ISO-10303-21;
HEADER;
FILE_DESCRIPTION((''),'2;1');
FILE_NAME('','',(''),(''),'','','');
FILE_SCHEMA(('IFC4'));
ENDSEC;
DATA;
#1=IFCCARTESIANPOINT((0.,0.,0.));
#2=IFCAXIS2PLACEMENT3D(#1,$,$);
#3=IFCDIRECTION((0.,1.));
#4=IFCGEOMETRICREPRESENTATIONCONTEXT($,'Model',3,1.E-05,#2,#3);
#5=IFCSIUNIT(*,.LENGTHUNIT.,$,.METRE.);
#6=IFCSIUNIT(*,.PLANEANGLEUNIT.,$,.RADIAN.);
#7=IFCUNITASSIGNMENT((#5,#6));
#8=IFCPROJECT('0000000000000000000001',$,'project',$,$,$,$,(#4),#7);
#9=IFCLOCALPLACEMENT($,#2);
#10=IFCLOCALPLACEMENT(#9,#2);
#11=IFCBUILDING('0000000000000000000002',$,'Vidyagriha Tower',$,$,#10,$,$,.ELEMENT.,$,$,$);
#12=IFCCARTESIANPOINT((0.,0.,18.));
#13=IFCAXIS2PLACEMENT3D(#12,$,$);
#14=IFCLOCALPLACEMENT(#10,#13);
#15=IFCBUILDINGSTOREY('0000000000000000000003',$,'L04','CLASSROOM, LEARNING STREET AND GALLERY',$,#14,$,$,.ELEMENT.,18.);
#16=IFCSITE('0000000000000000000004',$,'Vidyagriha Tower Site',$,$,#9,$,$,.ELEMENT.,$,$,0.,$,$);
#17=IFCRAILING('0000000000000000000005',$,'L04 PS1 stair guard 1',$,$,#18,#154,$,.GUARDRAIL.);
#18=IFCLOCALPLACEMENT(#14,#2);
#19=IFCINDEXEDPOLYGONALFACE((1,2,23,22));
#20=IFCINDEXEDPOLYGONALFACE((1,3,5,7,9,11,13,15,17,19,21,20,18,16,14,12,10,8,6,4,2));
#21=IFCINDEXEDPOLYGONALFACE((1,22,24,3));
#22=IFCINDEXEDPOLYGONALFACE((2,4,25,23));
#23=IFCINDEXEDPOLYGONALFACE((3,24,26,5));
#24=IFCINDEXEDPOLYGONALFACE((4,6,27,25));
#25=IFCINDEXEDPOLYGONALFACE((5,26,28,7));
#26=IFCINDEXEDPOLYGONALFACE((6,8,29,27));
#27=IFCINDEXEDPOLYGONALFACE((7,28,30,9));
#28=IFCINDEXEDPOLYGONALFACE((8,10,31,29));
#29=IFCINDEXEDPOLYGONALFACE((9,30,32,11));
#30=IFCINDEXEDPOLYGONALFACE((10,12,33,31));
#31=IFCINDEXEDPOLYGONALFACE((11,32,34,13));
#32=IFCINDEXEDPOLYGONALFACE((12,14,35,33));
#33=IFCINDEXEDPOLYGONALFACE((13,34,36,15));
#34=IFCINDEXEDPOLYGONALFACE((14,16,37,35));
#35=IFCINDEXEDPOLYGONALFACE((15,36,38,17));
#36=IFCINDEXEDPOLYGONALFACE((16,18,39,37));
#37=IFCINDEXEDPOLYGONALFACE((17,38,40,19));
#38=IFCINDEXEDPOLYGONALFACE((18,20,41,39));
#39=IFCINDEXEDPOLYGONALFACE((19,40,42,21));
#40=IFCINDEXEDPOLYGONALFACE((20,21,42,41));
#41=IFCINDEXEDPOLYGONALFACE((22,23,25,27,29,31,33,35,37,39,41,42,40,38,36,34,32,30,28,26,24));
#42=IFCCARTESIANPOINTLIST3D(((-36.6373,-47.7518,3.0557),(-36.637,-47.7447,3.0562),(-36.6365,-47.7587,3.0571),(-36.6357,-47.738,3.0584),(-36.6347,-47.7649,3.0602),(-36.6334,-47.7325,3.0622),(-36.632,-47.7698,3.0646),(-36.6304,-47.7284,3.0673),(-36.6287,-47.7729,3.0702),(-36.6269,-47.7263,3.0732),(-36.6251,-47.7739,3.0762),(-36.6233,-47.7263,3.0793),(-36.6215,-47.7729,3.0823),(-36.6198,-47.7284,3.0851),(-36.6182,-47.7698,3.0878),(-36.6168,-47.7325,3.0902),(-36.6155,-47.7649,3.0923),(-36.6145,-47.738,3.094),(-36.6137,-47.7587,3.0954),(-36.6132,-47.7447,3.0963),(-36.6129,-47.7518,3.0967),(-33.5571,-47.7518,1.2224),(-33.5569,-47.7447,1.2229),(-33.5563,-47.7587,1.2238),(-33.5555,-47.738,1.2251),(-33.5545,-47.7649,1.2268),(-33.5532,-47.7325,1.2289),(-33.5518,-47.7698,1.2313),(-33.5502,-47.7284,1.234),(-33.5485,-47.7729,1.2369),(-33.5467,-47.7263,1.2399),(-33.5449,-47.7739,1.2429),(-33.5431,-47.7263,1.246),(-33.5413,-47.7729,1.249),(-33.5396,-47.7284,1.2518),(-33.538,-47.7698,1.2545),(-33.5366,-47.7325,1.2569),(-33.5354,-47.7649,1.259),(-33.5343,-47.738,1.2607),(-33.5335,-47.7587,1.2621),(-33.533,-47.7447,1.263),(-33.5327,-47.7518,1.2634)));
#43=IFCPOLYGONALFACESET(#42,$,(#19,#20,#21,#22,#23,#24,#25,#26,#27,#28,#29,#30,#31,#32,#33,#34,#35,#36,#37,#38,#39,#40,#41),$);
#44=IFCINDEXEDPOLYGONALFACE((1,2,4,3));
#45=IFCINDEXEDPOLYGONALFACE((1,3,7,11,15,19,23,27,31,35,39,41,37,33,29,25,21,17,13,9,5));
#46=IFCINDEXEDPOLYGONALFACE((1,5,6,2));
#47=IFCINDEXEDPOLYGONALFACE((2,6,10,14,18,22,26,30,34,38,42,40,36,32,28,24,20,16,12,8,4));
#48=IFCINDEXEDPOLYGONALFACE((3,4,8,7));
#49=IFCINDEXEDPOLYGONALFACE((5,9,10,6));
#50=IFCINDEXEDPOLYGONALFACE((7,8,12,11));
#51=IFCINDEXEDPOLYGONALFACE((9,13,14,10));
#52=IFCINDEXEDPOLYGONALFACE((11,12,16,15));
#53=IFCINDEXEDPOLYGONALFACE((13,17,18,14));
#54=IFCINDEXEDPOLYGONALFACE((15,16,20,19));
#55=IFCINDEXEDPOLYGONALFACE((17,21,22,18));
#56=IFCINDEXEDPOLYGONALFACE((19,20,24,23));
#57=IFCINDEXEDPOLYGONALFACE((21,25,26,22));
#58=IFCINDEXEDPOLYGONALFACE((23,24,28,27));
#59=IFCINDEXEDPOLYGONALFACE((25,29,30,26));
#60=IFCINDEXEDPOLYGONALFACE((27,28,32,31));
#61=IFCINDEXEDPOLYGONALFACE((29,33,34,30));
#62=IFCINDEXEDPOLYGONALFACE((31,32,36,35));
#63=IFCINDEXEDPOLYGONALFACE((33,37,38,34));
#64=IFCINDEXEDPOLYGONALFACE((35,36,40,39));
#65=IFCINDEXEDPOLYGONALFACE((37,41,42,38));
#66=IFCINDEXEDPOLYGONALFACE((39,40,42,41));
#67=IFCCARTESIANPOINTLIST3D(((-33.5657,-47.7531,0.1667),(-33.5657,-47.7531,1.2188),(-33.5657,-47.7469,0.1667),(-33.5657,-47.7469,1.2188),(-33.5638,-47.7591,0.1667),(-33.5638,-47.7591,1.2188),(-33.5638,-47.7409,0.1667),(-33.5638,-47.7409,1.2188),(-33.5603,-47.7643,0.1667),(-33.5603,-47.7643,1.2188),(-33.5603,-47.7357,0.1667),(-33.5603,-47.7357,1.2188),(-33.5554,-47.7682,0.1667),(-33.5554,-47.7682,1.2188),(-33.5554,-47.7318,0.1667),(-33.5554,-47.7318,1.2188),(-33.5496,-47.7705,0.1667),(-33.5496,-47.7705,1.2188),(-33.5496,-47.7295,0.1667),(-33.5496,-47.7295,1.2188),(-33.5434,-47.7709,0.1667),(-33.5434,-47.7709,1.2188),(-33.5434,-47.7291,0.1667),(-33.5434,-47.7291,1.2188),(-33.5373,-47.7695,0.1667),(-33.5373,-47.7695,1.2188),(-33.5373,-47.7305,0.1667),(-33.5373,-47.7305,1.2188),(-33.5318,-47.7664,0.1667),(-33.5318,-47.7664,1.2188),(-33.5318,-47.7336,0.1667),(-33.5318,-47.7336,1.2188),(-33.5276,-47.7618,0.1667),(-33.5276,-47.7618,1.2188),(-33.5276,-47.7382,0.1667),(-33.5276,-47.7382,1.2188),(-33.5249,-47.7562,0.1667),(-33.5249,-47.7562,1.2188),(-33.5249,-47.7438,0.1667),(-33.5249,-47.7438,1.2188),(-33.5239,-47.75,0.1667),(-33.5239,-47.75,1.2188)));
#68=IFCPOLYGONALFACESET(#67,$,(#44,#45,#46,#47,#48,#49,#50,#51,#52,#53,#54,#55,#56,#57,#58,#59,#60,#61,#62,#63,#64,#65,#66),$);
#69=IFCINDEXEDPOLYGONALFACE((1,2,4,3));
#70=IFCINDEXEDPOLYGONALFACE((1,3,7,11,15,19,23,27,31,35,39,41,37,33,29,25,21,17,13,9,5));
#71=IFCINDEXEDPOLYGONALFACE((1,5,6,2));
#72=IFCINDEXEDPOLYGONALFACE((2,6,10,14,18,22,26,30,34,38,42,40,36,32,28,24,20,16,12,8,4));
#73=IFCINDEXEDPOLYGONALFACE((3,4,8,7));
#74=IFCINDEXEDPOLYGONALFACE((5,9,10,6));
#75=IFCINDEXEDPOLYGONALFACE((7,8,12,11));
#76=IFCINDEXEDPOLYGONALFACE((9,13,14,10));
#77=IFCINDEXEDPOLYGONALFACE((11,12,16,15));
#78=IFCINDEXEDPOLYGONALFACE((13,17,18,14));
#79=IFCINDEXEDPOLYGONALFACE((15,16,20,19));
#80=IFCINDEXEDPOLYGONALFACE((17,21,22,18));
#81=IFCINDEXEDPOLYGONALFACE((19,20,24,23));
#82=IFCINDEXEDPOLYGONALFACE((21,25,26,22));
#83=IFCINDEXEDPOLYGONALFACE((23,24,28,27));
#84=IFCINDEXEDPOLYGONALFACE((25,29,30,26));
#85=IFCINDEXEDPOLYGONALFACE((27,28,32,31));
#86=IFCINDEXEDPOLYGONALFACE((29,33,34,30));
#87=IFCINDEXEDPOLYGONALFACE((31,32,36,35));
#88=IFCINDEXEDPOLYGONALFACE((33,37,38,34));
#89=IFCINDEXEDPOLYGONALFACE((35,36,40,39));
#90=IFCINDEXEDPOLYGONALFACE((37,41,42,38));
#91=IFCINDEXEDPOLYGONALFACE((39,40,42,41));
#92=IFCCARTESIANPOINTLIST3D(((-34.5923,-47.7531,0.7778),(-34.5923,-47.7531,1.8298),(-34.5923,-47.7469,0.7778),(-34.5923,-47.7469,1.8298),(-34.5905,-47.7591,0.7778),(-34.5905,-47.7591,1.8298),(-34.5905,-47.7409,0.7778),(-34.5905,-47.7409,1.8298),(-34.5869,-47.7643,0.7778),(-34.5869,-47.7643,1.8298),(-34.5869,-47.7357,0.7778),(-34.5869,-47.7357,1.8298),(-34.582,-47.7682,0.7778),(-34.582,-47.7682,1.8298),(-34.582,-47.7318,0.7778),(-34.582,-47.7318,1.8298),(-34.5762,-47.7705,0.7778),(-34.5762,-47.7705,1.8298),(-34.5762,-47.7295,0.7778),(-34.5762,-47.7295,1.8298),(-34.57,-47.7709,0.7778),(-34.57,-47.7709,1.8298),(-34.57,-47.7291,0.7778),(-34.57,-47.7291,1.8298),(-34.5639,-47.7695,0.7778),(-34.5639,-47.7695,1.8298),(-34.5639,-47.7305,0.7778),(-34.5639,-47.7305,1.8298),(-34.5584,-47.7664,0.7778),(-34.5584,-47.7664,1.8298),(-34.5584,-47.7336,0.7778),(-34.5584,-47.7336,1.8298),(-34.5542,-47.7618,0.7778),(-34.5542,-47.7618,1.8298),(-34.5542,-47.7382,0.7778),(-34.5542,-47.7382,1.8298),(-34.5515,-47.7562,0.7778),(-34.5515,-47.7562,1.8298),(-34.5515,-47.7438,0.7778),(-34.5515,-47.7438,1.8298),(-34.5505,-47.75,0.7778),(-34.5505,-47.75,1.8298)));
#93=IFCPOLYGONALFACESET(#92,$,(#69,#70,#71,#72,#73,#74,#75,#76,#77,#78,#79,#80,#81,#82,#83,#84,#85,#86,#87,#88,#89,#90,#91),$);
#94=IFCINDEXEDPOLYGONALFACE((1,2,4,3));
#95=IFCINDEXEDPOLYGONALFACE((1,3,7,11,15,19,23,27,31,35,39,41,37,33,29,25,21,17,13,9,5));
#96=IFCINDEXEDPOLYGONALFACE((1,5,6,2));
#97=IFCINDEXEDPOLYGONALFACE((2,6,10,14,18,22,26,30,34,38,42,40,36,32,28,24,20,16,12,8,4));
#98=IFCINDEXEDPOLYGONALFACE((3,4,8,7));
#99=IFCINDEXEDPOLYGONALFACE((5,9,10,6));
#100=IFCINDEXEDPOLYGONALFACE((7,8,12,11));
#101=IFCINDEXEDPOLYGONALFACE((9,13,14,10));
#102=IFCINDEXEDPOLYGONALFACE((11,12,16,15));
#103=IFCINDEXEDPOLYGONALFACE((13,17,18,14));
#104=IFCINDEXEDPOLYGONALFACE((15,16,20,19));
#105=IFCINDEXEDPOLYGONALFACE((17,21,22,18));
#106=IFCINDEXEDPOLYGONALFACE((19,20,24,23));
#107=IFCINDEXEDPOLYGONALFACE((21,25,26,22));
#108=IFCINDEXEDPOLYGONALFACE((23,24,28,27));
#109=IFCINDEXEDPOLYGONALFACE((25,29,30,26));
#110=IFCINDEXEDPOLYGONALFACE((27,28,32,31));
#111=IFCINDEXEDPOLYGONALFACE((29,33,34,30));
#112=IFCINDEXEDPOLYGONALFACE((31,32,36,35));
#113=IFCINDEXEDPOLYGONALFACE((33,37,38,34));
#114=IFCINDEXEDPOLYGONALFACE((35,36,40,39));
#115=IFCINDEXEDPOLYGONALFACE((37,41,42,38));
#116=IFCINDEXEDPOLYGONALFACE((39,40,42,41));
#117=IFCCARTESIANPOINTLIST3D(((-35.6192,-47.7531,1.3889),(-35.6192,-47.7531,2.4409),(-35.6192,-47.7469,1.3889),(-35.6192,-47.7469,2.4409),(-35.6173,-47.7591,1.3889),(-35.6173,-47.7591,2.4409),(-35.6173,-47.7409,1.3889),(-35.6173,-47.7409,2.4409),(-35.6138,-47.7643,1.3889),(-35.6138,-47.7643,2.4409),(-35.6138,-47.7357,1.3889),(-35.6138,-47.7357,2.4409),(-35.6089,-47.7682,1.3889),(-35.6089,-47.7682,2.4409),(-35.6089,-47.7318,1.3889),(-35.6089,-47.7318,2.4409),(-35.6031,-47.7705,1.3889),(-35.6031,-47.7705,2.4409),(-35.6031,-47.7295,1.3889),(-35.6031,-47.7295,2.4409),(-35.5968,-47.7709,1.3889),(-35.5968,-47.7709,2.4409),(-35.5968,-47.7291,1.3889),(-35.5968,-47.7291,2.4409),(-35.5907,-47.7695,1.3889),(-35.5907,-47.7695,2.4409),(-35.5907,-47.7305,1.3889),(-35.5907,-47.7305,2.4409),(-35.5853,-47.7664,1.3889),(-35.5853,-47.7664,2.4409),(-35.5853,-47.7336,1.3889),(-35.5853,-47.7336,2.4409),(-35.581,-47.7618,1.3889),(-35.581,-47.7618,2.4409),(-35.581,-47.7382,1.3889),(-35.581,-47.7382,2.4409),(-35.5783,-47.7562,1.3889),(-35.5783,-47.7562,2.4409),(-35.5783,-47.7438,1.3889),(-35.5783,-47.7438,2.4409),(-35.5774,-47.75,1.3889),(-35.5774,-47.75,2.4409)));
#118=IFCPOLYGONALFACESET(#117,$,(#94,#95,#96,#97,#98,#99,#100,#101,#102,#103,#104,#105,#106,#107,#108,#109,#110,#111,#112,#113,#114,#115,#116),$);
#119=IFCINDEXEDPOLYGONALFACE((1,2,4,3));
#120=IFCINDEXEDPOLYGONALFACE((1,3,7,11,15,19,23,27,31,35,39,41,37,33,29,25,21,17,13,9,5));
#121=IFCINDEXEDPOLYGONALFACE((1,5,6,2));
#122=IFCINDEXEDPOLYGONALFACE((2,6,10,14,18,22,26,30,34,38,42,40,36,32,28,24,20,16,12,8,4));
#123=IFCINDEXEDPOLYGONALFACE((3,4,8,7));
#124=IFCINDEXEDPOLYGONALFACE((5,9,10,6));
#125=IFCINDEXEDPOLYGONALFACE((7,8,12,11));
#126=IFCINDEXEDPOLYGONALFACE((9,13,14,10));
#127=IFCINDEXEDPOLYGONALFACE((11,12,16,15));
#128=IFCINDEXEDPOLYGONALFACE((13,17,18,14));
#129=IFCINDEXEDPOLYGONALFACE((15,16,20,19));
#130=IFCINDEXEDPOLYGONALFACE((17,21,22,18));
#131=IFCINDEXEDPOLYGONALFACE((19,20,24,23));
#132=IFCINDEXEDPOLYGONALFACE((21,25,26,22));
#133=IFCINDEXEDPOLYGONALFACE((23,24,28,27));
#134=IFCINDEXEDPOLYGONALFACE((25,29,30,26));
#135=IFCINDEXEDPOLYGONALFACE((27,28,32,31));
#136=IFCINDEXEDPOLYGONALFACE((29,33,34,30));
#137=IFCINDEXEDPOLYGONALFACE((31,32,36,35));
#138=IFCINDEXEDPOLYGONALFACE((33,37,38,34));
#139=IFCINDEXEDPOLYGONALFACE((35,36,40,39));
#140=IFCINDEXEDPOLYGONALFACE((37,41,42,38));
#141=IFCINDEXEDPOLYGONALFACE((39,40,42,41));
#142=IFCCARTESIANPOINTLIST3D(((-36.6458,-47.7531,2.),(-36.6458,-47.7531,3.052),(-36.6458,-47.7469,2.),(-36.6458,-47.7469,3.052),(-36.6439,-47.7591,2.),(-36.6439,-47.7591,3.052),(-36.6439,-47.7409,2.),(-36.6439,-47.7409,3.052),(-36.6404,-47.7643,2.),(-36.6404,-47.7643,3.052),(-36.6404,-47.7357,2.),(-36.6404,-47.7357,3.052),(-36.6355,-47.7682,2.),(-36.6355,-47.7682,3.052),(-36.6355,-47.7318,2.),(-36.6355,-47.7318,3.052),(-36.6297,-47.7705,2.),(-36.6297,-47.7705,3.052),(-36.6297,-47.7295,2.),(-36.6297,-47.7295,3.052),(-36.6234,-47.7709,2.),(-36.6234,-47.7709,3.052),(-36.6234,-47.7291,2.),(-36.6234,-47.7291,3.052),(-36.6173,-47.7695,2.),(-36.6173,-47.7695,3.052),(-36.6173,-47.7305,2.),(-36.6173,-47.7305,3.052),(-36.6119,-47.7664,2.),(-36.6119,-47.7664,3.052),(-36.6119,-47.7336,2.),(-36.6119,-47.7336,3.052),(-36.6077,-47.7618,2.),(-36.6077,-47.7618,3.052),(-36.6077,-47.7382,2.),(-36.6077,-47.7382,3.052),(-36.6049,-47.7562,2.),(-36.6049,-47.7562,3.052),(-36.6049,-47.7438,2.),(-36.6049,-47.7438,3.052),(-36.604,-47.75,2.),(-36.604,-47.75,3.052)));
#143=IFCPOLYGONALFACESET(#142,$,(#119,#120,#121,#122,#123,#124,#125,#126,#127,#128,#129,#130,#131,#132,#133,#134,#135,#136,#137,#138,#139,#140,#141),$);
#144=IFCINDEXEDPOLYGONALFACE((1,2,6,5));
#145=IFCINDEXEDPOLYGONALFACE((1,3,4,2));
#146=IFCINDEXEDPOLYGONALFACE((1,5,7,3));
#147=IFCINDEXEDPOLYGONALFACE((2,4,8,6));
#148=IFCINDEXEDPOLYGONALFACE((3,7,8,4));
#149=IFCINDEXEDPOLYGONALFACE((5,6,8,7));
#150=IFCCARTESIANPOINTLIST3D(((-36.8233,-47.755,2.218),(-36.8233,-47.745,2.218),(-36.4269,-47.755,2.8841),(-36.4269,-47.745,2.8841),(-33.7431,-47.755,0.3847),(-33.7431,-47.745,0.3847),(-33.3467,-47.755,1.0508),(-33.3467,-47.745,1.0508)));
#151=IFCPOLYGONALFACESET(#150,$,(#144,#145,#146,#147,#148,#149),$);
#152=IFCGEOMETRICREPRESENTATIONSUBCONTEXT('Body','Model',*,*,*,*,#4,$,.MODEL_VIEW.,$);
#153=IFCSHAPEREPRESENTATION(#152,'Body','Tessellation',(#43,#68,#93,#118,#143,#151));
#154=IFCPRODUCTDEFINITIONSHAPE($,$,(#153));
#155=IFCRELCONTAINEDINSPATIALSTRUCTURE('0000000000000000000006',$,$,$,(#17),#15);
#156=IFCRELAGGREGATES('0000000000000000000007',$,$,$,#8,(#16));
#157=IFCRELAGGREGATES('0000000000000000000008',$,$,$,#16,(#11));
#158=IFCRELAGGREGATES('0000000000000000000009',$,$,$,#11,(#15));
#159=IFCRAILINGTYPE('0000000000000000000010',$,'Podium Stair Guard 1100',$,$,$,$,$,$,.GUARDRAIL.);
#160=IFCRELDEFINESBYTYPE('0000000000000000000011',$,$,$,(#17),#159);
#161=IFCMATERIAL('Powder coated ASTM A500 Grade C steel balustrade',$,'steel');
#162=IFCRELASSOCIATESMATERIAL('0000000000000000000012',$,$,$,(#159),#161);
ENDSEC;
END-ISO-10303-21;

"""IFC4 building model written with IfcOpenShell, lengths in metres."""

from ifc_helpers import new_model, si_unit, direction, frame, origin, origin_2d, place, context, subcontext, project, spatial, rectangle, circle, extrude, material, type_object, element, save


model = new_model("IFC4")

# Units and contexts
model_context = context("Model", 3, precision=1e-05, world=origin(), true_north=direction((0.0, 1.0)))
body_context = subcontext(model_context, "Body", "Model", "MODEL_VIEW")
ifc_project = project(units=[si_unit("LENGTHUNIT", "METRE"), si_unit("PLANEANGLEUNIT", "RADIAN")], contexts=[model_context])

# Site, building, storey
site_placement = place(None, origin())
site = spatial("IfcSite", under=ifc_project, at=site_placement, Name="Vidyagriha Tower Site", CompositionType="ELEMENT", RefElevation=0.0)
building_placement = place(site_placement, origin())
building = spatial("IfcBuilding", under=site, at=building_placement, Name="Vidyagriha Tower", CompositionType="ELEMENT")
storey_placement = place(building_placement, frame((0.0, 0.0, 18.0)))
storey = spatial("IfcBuildingStorey", under=building, at=storey_placement, Name="L04", Description="CLASSROOM, LEARNING STREET AND GALLERY", CompositionType="ELEMENT", Elevation=18.0)

# Railing
ifc_material_1 = material(Name="Powder coated ASTM A500 Grade C steel balustrade", Category="steel")
railing_type_1 = type_object("IfcRailingType", Name="Podium Stair Guard 1100", PredefinedType="GUARDRAIL", material=ifc_material_1)
railing_1_placement = place(storey_placement, frame((-33.5449, -47.75, 0.1667)))
element("IfcRailing", 1, at=railing_1_placement, inside=storey, type_object=railing_type_1, Name="L04 PS1 stair guard 1", PredefinedType="GUARDRAIL", context=body_context, shape_type="SweptSolid", body=[
    extrude(circle(Radius=0.0239, at=origin_2d()), frame((0.0, 0.0, 1.0762), z_axis=(-0.859309, 0.0, 0.511458), x_axis=(0.0, -1.0, 0.0)), (0.0, 0.0, 1.0), 3.5845),
    extrude(circle(Radius=0.021, at=origin_2d()), origin(), (0.0, 0.0, 1.0), 1.052),
    extrude(circle(Radius=0.021, at=origin_2d()), frame((-1.0266, 0.0, 0.6111)), (0.0, 0.0, 1.0), 1.052),
    extrude(circle(Radius=0.021, at=origin_2d()), frame((-2.0535, 0.0, 1.2222)), (0.0, 0.0, 1.0), 1.052),
    extrude(circle(Radius=0.021, at=origin_2d()), frame((-3.0801, 0.0, 1.8333)), (0.0, 0.0, 1.0), 1.052),
    extrude(rectangle(XDim=0.01, YDim=0.7751, at=origin_2d()), frame((0.0, 0.0, 0.551), z_axis=(-0.859309, 0.0, 0.511458), x_axis=(0.0, -1.0, 0.0)), (0.0, 0.0, 1.0), 3.5845),
])

save(model, "model.ifc")
